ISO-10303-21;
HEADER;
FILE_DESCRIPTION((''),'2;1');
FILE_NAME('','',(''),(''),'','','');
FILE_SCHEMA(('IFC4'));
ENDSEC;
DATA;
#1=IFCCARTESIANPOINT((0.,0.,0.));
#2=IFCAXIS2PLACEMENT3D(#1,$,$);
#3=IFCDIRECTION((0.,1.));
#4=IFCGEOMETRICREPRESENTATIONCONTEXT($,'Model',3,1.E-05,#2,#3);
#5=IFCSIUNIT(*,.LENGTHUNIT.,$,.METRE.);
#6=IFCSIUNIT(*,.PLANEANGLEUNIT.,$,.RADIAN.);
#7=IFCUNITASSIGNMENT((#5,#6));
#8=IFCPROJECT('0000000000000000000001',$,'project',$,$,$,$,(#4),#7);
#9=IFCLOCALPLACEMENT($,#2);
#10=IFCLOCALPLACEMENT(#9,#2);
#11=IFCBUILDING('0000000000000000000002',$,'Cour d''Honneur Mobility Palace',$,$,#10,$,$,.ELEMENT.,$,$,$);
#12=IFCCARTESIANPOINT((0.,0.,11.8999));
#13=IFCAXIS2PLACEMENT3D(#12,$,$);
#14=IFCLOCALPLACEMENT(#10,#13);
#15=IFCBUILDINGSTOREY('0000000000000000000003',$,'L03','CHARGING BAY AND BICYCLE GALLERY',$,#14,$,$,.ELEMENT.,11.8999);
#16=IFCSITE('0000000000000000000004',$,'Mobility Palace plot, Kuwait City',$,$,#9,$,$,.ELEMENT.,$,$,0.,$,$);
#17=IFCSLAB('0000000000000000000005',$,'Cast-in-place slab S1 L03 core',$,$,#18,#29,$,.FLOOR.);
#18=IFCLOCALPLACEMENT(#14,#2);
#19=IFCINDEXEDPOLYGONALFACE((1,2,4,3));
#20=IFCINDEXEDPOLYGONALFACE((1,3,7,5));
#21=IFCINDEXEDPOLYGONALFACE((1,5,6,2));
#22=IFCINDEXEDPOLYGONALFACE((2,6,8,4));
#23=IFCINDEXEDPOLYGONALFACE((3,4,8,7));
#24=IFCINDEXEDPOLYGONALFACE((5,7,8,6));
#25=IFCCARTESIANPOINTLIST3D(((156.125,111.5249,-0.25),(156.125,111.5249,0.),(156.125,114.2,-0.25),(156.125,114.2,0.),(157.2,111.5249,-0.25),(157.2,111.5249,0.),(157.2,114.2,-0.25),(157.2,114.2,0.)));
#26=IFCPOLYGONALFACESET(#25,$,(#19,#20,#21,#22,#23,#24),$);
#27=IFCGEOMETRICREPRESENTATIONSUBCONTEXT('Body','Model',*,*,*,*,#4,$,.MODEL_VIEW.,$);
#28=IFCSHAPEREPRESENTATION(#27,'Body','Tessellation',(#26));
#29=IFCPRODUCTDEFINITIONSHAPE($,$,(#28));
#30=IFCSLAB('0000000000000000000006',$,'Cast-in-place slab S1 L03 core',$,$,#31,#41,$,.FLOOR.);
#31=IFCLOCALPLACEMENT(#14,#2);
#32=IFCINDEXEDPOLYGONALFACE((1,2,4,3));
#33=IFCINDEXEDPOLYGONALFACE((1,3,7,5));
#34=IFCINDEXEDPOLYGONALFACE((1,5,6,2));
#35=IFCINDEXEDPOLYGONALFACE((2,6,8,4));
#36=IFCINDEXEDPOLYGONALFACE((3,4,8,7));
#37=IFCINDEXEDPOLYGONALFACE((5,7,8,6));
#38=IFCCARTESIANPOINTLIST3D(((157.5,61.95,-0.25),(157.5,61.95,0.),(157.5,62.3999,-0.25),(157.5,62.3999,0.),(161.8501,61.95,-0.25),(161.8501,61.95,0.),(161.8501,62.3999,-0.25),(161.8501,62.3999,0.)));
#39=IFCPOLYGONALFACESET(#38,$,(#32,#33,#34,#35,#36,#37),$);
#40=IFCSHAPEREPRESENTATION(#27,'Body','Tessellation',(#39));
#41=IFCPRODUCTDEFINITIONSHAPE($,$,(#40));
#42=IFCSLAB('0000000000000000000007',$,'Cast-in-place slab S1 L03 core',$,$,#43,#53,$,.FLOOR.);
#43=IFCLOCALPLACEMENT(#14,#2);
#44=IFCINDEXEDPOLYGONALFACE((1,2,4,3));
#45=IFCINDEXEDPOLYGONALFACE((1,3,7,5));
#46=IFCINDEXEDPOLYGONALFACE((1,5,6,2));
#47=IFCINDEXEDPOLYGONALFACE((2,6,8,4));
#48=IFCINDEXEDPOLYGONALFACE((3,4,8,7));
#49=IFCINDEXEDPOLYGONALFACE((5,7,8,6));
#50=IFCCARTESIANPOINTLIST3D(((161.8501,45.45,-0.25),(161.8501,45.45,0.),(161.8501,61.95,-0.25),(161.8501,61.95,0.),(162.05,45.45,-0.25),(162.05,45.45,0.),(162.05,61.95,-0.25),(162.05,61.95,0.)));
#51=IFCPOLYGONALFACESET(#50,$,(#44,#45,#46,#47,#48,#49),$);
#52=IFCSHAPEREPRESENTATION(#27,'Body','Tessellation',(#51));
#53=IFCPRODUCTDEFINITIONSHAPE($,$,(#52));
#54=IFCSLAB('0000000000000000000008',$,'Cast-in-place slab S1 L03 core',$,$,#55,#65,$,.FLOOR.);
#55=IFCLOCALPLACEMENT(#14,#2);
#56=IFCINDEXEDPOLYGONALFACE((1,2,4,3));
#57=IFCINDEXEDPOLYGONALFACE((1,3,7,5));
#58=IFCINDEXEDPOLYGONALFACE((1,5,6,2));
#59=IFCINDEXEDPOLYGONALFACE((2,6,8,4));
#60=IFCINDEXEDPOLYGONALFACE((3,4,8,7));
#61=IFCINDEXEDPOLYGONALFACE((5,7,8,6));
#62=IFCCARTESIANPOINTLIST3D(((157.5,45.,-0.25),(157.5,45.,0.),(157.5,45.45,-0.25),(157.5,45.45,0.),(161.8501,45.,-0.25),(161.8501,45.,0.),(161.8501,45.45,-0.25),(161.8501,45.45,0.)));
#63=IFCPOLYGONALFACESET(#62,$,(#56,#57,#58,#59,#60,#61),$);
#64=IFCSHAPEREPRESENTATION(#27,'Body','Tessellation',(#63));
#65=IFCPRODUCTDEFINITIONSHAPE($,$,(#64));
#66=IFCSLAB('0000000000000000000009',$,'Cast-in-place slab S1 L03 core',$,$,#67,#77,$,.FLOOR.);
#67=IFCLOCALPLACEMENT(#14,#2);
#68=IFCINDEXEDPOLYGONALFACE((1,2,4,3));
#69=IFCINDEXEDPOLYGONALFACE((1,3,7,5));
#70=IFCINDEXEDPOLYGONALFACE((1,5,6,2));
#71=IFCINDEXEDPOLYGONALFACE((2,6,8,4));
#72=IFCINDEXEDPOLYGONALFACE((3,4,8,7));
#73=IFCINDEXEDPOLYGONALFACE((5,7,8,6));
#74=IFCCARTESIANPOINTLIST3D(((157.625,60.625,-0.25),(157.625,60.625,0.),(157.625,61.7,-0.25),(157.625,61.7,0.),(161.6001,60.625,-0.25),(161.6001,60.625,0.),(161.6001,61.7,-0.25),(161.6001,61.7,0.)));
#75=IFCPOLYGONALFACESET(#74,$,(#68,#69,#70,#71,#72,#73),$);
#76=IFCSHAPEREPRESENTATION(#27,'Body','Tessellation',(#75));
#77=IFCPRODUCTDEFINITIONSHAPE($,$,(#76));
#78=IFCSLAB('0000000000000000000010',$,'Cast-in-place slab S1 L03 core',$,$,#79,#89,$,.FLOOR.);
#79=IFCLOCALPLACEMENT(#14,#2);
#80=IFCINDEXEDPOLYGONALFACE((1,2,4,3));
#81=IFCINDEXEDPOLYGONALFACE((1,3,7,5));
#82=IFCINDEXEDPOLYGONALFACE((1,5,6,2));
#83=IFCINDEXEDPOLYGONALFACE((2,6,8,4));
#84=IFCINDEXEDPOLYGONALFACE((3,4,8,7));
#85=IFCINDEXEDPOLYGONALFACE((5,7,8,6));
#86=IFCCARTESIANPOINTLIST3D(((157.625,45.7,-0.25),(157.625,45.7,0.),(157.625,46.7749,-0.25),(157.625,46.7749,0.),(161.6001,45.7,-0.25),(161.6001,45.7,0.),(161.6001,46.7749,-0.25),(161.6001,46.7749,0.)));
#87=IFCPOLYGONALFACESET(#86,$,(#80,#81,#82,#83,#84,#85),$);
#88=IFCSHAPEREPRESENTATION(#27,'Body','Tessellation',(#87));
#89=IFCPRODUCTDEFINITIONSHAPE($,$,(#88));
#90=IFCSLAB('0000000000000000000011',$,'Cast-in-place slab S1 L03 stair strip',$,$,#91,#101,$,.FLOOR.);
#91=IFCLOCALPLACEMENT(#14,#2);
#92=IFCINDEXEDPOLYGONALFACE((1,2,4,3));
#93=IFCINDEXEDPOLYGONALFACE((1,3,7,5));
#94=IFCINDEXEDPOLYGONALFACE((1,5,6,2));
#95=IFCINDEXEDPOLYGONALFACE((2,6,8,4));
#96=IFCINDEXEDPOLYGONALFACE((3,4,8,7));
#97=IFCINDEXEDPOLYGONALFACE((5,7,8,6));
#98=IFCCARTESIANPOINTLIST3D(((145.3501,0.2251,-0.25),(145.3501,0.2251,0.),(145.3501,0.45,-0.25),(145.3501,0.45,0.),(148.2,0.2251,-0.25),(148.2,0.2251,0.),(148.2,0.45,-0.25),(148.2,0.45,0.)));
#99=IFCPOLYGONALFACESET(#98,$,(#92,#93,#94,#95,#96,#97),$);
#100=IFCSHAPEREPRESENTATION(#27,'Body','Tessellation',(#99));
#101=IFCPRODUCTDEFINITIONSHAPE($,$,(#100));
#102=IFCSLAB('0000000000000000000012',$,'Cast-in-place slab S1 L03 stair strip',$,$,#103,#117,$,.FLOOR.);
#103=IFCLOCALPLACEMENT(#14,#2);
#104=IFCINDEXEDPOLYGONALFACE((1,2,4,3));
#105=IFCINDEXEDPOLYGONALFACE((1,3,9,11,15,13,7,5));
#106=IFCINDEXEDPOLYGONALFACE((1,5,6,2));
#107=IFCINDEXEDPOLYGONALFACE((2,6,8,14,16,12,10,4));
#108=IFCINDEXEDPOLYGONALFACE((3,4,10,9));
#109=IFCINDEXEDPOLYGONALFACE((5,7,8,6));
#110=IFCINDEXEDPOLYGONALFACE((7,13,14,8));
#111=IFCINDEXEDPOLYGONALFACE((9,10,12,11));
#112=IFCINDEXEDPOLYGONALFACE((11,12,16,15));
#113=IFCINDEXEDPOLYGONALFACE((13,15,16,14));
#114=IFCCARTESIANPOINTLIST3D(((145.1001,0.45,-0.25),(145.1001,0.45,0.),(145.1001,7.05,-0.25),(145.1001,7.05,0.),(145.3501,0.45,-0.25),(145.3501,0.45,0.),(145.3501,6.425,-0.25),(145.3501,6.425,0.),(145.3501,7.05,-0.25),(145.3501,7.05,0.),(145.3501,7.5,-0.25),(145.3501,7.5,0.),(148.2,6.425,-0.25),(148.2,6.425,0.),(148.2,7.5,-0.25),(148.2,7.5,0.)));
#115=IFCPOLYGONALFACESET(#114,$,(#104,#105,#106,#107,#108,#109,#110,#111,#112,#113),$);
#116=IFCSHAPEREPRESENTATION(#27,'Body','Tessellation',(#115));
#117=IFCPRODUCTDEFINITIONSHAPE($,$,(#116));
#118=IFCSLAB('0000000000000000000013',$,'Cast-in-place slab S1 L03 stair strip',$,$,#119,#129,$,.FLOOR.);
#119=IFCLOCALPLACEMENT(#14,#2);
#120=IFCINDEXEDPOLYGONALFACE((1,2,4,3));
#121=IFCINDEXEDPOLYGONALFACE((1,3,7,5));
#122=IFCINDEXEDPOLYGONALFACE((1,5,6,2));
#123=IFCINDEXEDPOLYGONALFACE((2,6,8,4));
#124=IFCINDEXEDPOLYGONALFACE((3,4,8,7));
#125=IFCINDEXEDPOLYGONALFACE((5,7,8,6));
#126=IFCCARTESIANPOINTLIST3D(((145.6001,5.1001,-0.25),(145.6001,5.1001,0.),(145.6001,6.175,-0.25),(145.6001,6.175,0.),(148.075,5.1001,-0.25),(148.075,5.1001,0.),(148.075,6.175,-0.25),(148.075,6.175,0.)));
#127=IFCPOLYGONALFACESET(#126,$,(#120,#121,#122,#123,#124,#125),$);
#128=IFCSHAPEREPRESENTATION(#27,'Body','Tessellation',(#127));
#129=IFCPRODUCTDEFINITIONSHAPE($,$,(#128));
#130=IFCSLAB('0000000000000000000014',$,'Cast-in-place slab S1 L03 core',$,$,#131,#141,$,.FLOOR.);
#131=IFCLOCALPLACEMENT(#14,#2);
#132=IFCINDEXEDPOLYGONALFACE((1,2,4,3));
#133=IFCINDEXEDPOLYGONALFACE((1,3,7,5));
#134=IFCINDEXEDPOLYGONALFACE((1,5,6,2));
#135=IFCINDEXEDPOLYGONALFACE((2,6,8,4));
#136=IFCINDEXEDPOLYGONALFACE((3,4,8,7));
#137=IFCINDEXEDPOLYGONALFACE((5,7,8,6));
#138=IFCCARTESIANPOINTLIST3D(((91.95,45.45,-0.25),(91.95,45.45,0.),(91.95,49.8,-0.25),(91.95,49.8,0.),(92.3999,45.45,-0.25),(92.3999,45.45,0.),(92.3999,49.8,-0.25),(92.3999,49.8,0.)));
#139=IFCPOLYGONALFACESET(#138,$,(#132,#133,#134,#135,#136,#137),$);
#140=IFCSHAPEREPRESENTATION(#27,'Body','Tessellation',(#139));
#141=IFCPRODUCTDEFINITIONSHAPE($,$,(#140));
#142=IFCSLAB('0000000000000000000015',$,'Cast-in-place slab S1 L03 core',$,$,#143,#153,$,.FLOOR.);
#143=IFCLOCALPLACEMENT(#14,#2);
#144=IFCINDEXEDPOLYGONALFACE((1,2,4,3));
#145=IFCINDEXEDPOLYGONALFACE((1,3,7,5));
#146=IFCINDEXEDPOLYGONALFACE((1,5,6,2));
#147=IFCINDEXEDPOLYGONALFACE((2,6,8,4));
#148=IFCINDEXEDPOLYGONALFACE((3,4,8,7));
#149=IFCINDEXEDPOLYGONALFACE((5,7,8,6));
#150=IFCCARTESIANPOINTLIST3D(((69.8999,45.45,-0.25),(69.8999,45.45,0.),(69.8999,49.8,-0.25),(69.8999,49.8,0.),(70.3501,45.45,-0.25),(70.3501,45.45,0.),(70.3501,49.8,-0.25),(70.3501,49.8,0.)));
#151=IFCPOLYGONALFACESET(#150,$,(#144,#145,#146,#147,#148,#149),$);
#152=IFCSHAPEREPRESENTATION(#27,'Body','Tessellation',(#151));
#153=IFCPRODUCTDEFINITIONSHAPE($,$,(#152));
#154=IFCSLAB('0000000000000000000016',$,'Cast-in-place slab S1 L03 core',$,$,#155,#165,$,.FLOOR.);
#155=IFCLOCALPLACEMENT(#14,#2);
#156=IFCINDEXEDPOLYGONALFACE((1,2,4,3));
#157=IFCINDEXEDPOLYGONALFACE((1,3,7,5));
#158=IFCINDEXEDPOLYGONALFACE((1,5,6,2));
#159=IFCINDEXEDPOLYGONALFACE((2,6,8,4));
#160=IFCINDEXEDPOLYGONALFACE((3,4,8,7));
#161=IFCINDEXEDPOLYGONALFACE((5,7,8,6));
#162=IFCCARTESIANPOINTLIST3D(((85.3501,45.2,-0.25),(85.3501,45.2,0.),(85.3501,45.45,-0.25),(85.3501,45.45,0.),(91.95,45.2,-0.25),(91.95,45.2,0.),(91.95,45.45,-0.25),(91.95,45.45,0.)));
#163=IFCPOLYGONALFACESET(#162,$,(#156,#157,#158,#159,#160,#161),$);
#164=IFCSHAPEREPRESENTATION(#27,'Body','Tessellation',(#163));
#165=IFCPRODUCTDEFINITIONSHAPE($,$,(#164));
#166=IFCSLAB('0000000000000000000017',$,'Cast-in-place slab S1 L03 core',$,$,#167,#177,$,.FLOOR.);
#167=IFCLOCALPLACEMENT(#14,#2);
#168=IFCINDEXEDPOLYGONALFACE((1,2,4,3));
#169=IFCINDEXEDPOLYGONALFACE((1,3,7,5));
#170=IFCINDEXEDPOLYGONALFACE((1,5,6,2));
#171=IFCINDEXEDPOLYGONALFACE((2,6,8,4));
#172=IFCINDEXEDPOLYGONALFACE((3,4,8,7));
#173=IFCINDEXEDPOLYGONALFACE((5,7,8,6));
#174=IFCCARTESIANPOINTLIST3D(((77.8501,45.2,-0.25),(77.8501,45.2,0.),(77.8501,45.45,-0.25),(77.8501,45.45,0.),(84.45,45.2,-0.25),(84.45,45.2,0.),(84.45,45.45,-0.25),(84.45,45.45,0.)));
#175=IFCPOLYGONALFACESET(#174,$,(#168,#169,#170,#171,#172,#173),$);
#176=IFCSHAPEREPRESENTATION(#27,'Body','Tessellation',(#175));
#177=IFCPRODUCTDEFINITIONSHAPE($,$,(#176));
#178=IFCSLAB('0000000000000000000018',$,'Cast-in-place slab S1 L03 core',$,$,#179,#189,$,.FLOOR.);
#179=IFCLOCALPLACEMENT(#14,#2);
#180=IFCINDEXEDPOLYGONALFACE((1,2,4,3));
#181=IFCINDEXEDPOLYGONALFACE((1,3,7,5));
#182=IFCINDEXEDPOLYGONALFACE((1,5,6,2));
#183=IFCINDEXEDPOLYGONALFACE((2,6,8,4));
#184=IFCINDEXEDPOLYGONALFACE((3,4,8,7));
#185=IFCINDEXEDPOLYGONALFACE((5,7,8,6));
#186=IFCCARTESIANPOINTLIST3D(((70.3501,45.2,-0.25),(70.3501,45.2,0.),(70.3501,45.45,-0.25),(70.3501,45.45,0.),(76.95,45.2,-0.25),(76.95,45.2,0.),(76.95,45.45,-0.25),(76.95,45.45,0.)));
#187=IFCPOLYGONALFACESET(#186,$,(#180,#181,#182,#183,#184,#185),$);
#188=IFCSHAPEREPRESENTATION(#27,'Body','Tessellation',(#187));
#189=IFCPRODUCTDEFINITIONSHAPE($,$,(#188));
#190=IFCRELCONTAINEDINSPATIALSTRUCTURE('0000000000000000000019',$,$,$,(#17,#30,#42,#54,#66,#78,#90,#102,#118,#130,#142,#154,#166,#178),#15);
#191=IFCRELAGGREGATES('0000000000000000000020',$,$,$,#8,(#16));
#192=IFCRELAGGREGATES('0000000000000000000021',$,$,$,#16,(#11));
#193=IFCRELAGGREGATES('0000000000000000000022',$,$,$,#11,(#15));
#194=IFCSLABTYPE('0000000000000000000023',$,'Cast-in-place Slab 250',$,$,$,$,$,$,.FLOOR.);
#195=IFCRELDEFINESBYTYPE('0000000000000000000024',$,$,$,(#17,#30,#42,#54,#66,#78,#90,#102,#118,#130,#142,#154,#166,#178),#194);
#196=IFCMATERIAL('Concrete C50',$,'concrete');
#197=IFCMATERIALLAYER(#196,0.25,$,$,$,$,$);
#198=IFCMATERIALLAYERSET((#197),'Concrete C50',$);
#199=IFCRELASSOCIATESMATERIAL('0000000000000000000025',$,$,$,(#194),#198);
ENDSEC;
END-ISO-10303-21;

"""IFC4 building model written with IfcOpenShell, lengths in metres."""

from ifc_helpers import new_model, si_unit, direction, frame, origin, place, context, subcontext, project, spatial, polyline, outline, extrude, material, layer, layer_set, type_object, element, save


model = new_model("IFC4")

# Units and contexts
model_context = context("Model", 3, precision=1e-05, world=origin(), true_north=direction((0.0, 1.0)))
body_context = subcontext(model_context, "Body", "Model", "MODEL_VIEW")
ifc_project = project(units=[si_unit("LENGTHUNIT", "METRE"), si_unit("PLANEANGLEUNIT", "RADIAN")], contexts=[model_context])

# Site, building, storey
site_placement = place(None, origin())
site = spatial("IfcSite", under=ifc_project, at=site_placement, Name="Mobility Palace plot, Kuwait City", CompositionType="ELEMENT", RefElevation=0.0)
building_placement = place(site_placement, origin())
building = spatial("IfcBuilding", under=site, at=building_placement, Name="Cour d'Honneur Mobility Palace", CompositionType="ELEMENT")
storey_placement = place(building_placement, frame((0.0, 0.0, 11.8999)))
storey = spatial("IfcBuildingStorey", under=building, at=storey_placement, Name="L03", Description="CHARGING BAY AND BICYCLE GALLERY", CompositionType="ELEMENT", Elevation=11.8999)

# Slabs
ifc_material_1 = material(Name="Concrete C50", Category="concrete")
ifc_layer_1 = layer(ifc_material_1, 0.25)
ifc_layer_set_1 = layer_set([ifc_layer_1], Name="Concrete C50")
slab_type_1 = type_object("IfcSlabType", Name="Cast-in-place Slab 250", PredefinedType="FLOOR", material=ifc_layer_set_1)
slab_1_placement = place(storey_placement, frame((0.0, 0.0, -0.25)))
element("IfcSlab", 1, at=slab_1_placement, inside=storey, type_object=slab_type_1, Name="Cast-in-place slab S1 L03 core", PredefinedType="FLOOR", context=body_context, shape_type="SweptSolid", body=[
    extrude(outline(polyline([(156.125, 114.2), (157.2, 114.2), (157.2, 111.5249), (156.125, 111.5249), (156.125, 114.2)])), origin(), (0.0, 0.0, 1.0), 0.25),
])
slab_2_placement = place(storey_placement, frame((0.0, 0.0, -0.25)))
element("IfcSlab", 2, at=slab_2_placement, inside=storey, type_object=slab_type_1, Name="Cast-in-place slab S1 L03 core", PredefinedType="FLOOR", context=body_context, shape_type="SweptSolid", body=[
    extrude(outline(polyline([(161.8501, 61.95), (157.5, 61.95), (157.5, 62.3999), (161.8501, 62.3999), (161.8501, 61.95)])), origin(), (0.0, 0.0, 1.0), 0.25),
])
slab_3_placement = place(storey_placement, frame((0.0, 0.0, -0.25)))
element("IfcSlab", 3, at=slab_3_placement, inside=storey, type_object=slab_type_1, Name="Cast-in-place slab S1 L03 core", PredefinedType="FLOOR", context=body_context, shape_type="SweptSolid", body=[
    extrude(outline(polyline([(162.05, 61.95), (162.05, 45.45), (161.8501, 45.45), (161.8501, 61.95), (162.05, 61.95)])), origin(), (0.0, 0.0, 1.0), 0.25),
])
slab_4_placement = place(storey_placement, frame((0.0, 0.0, -0.25)))
element("IfcSlab", 4, at=slab_4_placement, inside=storey, type_object=slab_type_1, Name="Cast-in-place slab S1 L03 core", PredefinedType="FLOOR", context=body_context, shape_type="SweptSolid", body=[
    extrude(outline(polyline([(161.8501, 45.0), (157.5, 45.0), (157.5, 45.45), (161.8501, 45.45), (161.8501, 45.0)])), origin(), (0.0, 0.0, 1.0), 0.25),
])
slab_5_placement = place(storey_placement, frame((0.0, 0.0, -0.25)))
element("IfcSlab", 5, at=slab_5_placement, inside=storey, type_object=slab_type_1, Name="Cast-in-place slab S1 L03 core", PredefinedType="FLOOR", context=body_context, shape_type="SweptSolid", body=[
    extrude(outline(polyline([(161.6001, 61.7), (161.6001, 60.625), (157.625, 60.625), (157.625, 61.7), (161.6001, 61.7)])), origin(), (0.0, 0.0, 1.0), 0.25),
])
slab_6_placement = place(storey_placement, frame((0.0, 0.0, -0.25)))
element("IfcSlab", 6, at=slab_6_placement, inside=storey, type_object=slab_type_1, Name="Cast-in-place slab S1 L03 core", PredefinedType="FLOOR", context=body_context, shape_type="SweptSolid", body=[
    extrude(outline(polyline([(157.625, 46.7749), (161.6001, 46.7749), (161.6001, 45.7), (157.625, 45.7), (157.625, 46.7749)])), origin(), (0.0, 0.0, 1.0), 0.25),
])
slab_7_placement = place(storey_placement, frame((0.0, 0.0, -0.25)))
element("IfcSlab", 7, at=slab_7_placement, inside=storey, type_object=slab_type_1, Name="Cast-in-place slab S1 L03 stair strip", PredefinedType="FLOOR", context=body_context, shape_type="SweptSolid", body=[
    extrude(outline(polyline([(145.3501, 0.45), (148.2, 0.45), (148.2, 0.2251), (145.3501, 0.2251), (145.3501, 0.45)])), origin(), (0.0, 0.0, 1.0), 0.25),
])
slab_8_placement = place(storey_placement, frame((0.0, 0.0, -0.25)))
element("IfcSlab", 8, at=slab_8_placement, inside=storey, type_object=slab_type_1, Name="Cast-in-place slab S1 L03 stair strip", PredefinedType="FLOOR", context=body_context, shape_type="SweptSolid", body=[
    extrude(outline(polyline([(145.3501, 6.425), (145.3501, 0.45), (145.1001, 0.45), (145.1001, 7.05), (145.3501, 7.05), (145.3501, 7.5), (148.2, 7.5), (148.2, 6.425), (145.3501, 6.425)])), origin(), (0.0, 0.0, 1.0), 0.25),
])
slab_9_placement = place(storey_placement, frame((0.0, 0.0, -0.25)))
element("IfcSlab", 9, at=slab_9_placement, inside=storey, type_object=slab_type_1, Name="Cast-in-place slab S1 L03 stair strip", PredefinedType="FLOOR", context=body_context, shape_type="SweptSolid", body=[
    extrude(outline(polyline([(145.6001, 5.1001), (145.6001, 6.175), (148.075, 6.175), (148.075, 5.1001), (145.6001, 5.1001)])), origin(), (0.0, 0.0, 1.0), 0.25),
])
slab_10_placement = place(storey_placement, frame((0.0, 0.0, -0.25)))
element("IfcSlab", 10, at=slab_10_placement, inside=storey, type_object=slab_type_1, Name="Cast-in-place slab S1 L03 core", PredefinedType="FLOOR", context=body_context, shape_type="SweptSolid", body=[
    extrude(outline(polyline([(91.95, 45.45), (91.95, 49.8), (92.3999, 49.8), (92.3999, 45.45), (91.95, 45.45)])), origin(), (0.0, 0.0, 1.0), 0.25),
])
slab_11_placement = place(storey_placement, frame((0.0, 0.0, -0.25)))
element("IfcSlab", 11, at=slab_11_placement, inside=storey, type_object=slab_type_1, Name="Cast-in-place slab S1 L03 core", PredefinedType="FLOOR", context=body_context, shape_type="SweptSolid", body=[
    extrude(outline(polyline([(70.3501, 49.8), (70.3501, 45.45), (69.8999, 45.45), (69.8999, 49.8), (70.3501, 49.8)])), origin(), (0.0, 0.0, 1.0), 0.25),
])
slab_12_placement = place(storey_placement, frame((0.0, 0.0, -0.25)))
element("IfcSlab", 12, at=slab_12_placement, inside=storey, type_object=slab_type_1, Name="Cast-in-place slab S1 L03 core", PredefinedType="FLOOR", context=body_context, shape_type="SweptSolid", body=[
    extrude(outline(polyline([(85.3501, 45.45), (91.95, 45.45), (91.95, 45.2), (85.3501, 45.2), (85.3501, 45.45)])), origin(), (0.0, 0.0, 1.0), 0.25),
])
slab_13_placement = place(storey_placement, frame((0.0, 0.0, -0.25)))
element("IfcSlab", 13, at=slab_13_placement, inside=storey, type_object=slab_type_1, Name="Cast-in-place slab S1 L03 core", PredefinedType="FLOOR", context=body_context, shape_type="SweptSolid", body=[
    extrude(outline(polyline([(84.45, 45.2), (77.8501, 45.2), (77.8501, 45.45), (84.45, 45.45), (84.45, 45.2)])), origin(), (0.0, 0.0, 1.0), 0.25),
])
slab_14_placement = place(storey_placement, frame((0.0, 0.0, -0.25)))
element("IfcSlab", 14, at=slab_14_placement, inside=storey, type_object=slab_type_1, Name="Cast-in-place slab S1 L03 core", PredefinedType="FLOOR", context=body_context, shape_type="SweptSolid", body=[
    extrude(outline(polyline([(70.3501, 45.45), (76.95, 45.45), (76.95, 45.2), (70.3501, 45.2), (70.3501, 45.45)])), origin(), (0.0, 0.0, 1.0), 0.25),
])

save(model, "model.ifc")
